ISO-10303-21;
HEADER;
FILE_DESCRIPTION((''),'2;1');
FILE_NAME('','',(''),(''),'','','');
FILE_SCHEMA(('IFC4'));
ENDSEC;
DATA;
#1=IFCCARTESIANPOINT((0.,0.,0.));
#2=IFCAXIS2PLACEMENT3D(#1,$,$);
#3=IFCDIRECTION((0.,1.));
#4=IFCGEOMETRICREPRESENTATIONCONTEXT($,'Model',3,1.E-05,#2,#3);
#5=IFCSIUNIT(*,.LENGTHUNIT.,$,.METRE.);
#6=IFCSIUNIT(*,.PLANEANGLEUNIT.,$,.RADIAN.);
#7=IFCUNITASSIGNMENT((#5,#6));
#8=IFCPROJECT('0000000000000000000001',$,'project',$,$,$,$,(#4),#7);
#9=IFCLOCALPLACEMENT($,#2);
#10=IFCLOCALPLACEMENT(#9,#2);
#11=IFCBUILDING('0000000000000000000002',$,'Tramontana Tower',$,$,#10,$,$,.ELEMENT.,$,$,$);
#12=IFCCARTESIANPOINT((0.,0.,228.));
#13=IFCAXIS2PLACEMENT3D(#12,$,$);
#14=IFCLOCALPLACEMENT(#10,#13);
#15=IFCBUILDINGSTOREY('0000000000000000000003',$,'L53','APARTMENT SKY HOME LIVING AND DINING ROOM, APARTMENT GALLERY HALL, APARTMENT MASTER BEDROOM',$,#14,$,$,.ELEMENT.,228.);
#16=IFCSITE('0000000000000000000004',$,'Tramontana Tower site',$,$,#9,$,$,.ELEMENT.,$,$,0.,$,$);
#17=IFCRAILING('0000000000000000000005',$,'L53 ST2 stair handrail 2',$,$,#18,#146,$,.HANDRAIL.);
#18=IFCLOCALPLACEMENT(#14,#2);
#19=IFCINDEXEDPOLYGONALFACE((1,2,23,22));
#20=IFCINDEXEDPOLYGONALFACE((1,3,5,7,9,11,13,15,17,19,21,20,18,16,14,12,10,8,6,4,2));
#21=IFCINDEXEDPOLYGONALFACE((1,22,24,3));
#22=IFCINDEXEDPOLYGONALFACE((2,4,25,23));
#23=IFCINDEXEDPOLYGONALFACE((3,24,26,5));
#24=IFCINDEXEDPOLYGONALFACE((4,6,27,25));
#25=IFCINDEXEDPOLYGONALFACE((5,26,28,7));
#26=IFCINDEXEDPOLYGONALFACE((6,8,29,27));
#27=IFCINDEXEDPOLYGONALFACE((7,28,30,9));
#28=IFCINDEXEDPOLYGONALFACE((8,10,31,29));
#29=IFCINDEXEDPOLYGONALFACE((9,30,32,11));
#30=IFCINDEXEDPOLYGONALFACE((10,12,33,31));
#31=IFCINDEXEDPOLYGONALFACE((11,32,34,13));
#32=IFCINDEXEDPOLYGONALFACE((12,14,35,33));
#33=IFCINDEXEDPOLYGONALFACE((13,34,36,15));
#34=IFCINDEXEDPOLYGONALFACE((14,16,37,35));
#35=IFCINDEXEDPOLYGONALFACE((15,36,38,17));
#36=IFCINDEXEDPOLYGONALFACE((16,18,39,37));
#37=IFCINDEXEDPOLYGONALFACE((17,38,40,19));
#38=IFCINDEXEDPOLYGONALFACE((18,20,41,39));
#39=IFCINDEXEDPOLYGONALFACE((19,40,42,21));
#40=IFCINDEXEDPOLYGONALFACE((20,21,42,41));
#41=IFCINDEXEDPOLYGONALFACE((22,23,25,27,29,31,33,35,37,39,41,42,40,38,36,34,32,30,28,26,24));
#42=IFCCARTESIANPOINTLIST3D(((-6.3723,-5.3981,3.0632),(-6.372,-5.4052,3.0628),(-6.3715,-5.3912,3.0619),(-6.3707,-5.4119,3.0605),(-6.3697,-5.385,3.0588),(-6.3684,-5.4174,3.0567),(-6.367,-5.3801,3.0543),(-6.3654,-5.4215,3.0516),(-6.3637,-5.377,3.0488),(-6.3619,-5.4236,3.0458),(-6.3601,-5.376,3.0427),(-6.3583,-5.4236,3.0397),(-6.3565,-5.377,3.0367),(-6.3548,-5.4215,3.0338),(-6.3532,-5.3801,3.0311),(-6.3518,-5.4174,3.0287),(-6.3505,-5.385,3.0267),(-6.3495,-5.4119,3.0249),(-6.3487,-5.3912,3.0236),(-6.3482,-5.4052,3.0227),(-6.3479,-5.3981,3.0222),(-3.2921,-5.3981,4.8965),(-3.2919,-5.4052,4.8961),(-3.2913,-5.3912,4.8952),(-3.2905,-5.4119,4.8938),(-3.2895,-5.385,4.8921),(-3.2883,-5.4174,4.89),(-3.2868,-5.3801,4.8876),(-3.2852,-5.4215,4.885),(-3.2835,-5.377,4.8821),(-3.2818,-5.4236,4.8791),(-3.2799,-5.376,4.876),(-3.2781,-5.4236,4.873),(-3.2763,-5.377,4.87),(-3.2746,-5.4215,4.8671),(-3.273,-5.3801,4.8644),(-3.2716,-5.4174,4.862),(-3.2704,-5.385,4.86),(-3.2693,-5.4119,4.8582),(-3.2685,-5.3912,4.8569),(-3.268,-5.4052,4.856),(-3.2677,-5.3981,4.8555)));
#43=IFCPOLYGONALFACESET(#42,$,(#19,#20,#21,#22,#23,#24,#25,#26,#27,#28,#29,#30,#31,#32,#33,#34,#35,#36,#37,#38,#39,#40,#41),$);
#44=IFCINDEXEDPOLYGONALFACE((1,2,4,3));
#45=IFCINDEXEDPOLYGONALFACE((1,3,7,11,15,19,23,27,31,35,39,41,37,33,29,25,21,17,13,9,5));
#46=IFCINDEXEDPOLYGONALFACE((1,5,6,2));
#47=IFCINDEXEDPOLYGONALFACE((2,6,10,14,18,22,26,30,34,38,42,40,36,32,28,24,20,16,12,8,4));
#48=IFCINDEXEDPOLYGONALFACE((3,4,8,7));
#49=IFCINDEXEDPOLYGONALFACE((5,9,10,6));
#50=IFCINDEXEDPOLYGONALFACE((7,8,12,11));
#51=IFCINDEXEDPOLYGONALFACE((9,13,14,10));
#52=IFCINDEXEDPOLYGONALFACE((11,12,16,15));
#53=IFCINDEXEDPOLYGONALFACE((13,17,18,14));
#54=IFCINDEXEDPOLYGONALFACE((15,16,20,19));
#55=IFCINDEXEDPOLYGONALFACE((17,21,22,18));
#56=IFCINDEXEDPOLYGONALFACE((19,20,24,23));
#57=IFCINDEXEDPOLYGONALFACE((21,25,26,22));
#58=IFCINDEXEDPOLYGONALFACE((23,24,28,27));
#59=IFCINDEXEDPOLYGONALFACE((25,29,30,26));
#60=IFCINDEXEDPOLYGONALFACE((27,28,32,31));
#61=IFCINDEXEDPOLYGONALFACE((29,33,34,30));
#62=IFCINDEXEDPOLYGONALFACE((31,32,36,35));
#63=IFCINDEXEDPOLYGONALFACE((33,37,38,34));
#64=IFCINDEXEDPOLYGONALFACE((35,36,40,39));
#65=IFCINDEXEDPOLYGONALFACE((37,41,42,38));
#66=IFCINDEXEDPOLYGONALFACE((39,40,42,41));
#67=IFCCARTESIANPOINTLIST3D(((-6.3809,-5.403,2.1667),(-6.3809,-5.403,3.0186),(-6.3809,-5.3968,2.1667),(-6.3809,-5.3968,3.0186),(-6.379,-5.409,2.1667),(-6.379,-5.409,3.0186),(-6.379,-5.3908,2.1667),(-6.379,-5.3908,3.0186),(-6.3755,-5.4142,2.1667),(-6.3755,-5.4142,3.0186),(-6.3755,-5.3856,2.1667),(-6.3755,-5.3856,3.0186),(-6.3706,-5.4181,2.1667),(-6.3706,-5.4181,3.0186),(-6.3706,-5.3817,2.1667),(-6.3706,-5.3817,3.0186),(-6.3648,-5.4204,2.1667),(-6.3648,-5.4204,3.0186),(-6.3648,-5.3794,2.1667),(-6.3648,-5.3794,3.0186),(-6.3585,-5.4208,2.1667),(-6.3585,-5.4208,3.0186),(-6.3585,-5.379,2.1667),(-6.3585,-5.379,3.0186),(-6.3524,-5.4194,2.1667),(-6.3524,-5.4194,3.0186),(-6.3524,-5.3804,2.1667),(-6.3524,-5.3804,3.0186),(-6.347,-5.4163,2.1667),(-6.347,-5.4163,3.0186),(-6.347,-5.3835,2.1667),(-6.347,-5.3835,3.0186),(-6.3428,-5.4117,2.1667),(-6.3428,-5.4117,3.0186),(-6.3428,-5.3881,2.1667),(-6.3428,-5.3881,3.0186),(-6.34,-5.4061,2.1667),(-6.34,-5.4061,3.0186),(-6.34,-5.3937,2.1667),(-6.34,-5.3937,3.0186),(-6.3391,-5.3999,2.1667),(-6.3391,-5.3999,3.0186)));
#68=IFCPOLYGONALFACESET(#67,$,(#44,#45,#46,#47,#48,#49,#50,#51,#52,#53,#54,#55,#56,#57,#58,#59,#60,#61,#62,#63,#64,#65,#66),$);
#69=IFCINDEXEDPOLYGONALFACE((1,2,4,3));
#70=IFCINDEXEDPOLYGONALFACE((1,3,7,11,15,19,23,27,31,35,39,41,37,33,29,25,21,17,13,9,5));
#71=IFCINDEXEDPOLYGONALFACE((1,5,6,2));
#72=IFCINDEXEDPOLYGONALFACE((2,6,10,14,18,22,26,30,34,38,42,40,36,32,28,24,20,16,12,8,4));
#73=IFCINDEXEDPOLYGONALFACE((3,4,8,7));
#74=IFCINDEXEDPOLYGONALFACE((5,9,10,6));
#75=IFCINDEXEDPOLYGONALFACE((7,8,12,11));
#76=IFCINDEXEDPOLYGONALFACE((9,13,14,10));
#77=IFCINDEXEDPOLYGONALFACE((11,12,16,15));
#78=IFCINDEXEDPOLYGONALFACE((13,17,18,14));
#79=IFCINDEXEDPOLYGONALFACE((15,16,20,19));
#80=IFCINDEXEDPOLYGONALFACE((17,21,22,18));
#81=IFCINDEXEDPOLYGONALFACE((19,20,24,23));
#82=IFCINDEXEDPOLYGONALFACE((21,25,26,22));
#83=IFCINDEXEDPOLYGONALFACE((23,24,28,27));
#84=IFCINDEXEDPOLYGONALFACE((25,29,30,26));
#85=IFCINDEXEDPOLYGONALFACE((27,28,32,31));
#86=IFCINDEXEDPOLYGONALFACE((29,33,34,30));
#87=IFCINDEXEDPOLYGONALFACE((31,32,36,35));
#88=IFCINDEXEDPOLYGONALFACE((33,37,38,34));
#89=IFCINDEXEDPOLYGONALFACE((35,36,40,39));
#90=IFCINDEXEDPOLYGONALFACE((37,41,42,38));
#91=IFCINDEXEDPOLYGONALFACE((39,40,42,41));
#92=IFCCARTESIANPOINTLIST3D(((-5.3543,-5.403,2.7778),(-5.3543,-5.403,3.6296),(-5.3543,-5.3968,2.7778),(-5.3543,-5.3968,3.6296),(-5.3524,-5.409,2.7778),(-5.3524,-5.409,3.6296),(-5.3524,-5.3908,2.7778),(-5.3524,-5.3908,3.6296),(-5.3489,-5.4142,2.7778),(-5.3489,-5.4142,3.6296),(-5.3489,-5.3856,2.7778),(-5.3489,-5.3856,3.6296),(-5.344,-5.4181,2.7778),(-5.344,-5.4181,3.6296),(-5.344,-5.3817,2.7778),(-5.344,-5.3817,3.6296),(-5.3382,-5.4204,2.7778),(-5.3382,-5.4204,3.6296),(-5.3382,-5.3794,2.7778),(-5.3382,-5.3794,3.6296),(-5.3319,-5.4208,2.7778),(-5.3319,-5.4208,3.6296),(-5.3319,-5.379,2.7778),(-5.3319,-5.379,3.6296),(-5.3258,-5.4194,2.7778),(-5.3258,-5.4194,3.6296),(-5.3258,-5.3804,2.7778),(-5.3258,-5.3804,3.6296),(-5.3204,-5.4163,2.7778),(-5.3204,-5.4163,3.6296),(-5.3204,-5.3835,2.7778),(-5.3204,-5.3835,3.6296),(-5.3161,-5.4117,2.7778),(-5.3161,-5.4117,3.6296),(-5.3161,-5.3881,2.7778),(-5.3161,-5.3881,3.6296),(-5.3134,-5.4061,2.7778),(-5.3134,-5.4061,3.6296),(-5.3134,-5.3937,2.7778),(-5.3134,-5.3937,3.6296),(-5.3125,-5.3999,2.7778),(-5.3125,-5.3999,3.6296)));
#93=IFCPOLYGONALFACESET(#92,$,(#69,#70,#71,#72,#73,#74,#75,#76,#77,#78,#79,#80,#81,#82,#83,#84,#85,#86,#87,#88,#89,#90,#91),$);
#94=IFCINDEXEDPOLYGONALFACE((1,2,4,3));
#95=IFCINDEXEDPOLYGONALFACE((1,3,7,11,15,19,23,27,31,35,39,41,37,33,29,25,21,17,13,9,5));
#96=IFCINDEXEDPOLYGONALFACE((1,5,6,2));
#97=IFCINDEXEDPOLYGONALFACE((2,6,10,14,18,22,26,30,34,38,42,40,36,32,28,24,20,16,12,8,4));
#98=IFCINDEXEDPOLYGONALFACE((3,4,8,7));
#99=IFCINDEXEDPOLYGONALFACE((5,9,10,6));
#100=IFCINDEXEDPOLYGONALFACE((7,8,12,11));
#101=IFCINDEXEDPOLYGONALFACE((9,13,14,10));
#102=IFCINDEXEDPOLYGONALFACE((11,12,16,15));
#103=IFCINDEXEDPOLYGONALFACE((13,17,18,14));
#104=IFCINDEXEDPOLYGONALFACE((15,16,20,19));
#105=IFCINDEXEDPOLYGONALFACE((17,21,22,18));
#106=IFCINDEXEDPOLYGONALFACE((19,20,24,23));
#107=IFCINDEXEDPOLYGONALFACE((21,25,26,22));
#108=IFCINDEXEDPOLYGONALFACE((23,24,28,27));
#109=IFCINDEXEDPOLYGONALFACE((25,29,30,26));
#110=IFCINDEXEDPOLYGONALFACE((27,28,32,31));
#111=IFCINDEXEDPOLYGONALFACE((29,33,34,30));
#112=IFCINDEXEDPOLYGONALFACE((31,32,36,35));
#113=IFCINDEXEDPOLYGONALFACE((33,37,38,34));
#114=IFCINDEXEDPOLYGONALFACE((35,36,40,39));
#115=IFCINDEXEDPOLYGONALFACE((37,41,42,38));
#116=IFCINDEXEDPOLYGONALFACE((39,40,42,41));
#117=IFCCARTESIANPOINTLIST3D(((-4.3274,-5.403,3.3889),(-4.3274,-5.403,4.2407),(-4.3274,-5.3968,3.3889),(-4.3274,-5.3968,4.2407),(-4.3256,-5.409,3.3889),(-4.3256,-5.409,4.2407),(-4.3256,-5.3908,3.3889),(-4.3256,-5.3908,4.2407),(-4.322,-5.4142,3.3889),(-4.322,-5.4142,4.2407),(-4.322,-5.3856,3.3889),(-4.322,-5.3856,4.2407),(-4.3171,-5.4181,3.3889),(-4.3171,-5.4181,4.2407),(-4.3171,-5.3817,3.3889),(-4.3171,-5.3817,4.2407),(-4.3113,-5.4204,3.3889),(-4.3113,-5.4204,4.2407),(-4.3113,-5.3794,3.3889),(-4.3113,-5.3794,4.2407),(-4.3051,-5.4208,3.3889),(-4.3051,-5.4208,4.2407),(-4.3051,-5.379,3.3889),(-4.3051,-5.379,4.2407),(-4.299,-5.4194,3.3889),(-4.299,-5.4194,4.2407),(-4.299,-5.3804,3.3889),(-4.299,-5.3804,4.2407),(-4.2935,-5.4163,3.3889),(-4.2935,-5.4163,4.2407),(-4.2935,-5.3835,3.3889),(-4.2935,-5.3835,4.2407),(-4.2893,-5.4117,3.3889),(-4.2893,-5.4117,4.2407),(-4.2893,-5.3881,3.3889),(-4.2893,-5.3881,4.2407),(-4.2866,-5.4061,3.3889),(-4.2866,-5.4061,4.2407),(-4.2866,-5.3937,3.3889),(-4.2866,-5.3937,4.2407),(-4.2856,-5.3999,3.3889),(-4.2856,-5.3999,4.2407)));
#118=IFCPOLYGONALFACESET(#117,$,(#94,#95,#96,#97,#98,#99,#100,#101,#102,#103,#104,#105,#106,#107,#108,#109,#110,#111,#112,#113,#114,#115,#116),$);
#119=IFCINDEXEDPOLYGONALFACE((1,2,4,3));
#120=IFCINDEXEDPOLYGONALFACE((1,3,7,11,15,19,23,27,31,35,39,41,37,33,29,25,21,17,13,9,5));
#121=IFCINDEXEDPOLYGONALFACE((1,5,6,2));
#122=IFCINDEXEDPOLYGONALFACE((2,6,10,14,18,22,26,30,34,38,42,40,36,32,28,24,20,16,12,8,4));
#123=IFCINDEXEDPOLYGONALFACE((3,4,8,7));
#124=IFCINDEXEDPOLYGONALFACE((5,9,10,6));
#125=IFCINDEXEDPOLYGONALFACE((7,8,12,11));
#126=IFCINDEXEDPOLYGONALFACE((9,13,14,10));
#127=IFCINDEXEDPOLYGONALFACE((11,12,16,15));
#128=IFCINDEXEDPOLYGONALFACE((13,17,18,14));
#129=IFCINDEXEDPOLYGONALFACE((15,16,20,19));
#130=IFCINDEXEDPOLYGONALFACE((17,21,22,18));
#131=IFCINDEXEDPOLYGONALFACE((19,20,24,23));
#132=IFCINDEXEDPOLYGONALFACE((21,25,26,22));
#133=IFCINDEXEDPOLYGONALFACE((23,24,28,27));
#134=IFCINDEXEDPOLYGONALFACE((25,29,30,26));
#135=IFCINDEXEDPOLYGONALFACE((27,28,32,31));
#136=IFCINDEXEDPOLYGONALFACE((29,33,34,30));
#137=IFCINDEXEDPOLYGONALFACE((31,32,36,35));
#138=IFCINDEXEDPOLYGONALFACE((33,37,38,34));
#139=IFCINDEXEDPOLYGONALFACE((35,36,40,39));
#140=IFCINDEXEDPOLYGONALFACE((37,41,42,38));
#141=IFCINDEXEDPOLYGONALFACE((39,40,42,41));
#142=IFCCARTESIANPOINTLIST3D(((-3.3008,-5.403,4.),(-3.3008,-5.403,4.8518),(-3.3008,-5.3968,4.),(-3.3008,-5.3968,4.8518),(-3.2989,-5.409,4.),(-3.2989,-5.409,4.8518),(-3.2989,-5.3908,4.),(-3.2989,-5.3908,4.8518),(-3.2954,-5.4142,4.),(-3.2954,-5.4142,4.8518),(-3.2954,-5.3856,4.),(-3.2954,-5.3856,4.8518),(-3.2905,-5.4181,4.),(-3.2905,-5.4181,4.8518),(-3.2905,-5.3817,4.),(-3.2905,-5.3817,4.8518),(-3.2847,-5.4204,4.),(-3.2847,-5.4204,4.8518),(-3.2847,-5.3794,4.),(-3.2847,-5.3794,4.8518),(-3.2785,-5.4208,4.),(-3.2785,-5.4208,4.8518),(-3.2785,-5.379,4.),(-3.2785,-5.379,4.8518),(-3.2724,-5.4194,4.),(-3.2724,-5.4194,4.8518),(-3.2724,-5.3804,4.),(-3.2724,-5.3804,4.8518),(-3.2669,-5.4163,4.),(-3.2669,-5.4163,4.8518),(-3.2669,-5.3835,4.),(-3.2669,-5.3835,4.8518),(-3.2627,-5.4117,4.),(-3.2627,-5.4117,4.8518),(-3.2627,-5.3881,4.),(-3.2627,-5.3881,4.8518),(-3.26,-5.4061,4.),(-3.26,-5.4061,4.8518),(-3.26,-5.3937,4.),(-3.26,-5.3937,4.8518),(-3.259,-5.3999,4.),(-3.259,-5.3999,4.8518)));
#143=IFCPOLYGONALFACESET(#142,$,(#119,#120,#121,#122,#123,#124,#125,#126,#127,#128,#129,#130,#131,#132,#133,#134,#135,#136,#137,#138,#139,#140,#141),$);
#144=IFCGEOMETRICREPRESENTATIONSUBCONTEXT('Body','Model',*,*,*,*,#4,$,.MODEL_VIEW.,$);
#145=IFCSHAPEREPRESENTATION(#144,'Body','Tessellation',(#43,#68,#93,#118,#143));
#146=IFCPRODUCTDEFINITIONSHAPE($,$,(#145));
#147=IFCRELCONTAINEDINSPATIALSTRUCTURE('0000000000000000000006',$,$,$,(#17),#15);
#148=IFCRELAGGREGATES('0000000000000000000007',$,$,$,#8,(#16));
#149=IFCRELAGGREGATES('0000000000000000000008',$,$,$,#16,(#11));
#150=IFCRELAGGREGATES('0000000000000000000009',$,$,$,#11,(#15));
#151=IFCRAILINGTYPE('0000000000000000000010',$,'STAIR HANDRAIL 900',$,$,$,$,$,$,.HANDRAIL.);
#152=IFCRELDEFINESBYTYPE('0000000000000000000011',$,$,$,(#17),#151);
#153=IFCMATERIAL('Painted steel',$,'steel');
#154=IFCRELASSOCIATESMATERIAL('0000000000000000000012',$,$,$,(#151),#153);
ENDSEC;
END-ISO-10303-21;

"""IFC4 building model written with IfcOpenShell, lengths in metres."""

from ifc_helpers import new_model, si_unit, direction, frame, origin, origin_2d, place, context, subcontext, project, spatial, circle, extrude, material, type_object, element, save


model = new_model("IFC4")

# Units and contexts
model_context = context("Model", 3, precision=1e-05, world=origin(), true_north=direction((0.0, 1.0)))
body_context = subcontext(model_context, "Body", "Model", "MODEL_VIEW")
ifc_project = project(units=[si_unit("LENGTHUNIT", "METRE"), si_unit("PLANEANGLEUNIT", "RADIAN")], contexts=[model_context])

# Site, building, storey
site_placement = place(None, origin())
site = spatial("IfcSite", under=ifc_project, at=site_placement, Name="Tramontana Tower site", CompositionType="ELEMENT", RefElevation=0.0)
building_placement = place(site_placement, origin())
building = spatial("IfcBuilding", under=site, at=building_placement, Name="Tramontana Tower", CompositionType="ELEMENT")
storey_placement = place(building_placement, frame((0.0, 0.0, 228.0)))
storey = spatial("IfcBuildingStorey", under=building, at=storey_placement, Name="L53", Description="APARTMENT SKY HOME LIVING AND DINING ROOM, APARTMENT GALLERY HALL, APARTMENT MASTER BEDROOM", CompositionType="ELEMENT", Elevation=228.0)

# Railing
ifc_material_1 = material(Name="Painted steel", Category="steel")
railing_type_1 = type_object("IfcRailingType", Name="STAIR HANDRAIL 900", PredefinedType="HANDRAIL", material=ifc_material_1)
railing_1_placement = place(storey_placement, frame((-6.3601, -5.3999, 2.1667)))
element("IfcRailing", 1, at=railing_1_placement, inside=storey, type_object=railing_type_1, Name="L53 ST2 stair handrail 2", PredefinedType="HANDRAIL", context=body_context, shape_type="SweptSolid", body=[
    extrude(circle(Radius=0.0239, at=origin_2d()), frame((0.0, 0.0, 0.876), z_axis=(0.859309, 0.0, 0.511458), x_axis=(0.0, 1.0, 0.0)), (0.0, 0.0, 1.0), 3.5845),
    extrude(circle(Radius=0.021, at=origin_2d()), origin(), (0.0, 0.0, 1.0), 0.8518),
    extrude(circle(Radius=0.021, at=origin_2d()), frame((1.0266, 0.0, 0.6111)), (0.0, 0.0, 1.0), 0.8518),
    extrude(circle(Radius=0.021, at=origin_2d()), frame((2.0535, 0.0, 1.2222)), (0.0, 0.0, 1.0), 0.8518),
    extrude(circle(Radius=0.021, at=origin_2d()), frame((3.0801, 0.0, 1.8333)), (0.0, 0.0, 1.0), 0.8518),
])

save(model, "model.ifc")
